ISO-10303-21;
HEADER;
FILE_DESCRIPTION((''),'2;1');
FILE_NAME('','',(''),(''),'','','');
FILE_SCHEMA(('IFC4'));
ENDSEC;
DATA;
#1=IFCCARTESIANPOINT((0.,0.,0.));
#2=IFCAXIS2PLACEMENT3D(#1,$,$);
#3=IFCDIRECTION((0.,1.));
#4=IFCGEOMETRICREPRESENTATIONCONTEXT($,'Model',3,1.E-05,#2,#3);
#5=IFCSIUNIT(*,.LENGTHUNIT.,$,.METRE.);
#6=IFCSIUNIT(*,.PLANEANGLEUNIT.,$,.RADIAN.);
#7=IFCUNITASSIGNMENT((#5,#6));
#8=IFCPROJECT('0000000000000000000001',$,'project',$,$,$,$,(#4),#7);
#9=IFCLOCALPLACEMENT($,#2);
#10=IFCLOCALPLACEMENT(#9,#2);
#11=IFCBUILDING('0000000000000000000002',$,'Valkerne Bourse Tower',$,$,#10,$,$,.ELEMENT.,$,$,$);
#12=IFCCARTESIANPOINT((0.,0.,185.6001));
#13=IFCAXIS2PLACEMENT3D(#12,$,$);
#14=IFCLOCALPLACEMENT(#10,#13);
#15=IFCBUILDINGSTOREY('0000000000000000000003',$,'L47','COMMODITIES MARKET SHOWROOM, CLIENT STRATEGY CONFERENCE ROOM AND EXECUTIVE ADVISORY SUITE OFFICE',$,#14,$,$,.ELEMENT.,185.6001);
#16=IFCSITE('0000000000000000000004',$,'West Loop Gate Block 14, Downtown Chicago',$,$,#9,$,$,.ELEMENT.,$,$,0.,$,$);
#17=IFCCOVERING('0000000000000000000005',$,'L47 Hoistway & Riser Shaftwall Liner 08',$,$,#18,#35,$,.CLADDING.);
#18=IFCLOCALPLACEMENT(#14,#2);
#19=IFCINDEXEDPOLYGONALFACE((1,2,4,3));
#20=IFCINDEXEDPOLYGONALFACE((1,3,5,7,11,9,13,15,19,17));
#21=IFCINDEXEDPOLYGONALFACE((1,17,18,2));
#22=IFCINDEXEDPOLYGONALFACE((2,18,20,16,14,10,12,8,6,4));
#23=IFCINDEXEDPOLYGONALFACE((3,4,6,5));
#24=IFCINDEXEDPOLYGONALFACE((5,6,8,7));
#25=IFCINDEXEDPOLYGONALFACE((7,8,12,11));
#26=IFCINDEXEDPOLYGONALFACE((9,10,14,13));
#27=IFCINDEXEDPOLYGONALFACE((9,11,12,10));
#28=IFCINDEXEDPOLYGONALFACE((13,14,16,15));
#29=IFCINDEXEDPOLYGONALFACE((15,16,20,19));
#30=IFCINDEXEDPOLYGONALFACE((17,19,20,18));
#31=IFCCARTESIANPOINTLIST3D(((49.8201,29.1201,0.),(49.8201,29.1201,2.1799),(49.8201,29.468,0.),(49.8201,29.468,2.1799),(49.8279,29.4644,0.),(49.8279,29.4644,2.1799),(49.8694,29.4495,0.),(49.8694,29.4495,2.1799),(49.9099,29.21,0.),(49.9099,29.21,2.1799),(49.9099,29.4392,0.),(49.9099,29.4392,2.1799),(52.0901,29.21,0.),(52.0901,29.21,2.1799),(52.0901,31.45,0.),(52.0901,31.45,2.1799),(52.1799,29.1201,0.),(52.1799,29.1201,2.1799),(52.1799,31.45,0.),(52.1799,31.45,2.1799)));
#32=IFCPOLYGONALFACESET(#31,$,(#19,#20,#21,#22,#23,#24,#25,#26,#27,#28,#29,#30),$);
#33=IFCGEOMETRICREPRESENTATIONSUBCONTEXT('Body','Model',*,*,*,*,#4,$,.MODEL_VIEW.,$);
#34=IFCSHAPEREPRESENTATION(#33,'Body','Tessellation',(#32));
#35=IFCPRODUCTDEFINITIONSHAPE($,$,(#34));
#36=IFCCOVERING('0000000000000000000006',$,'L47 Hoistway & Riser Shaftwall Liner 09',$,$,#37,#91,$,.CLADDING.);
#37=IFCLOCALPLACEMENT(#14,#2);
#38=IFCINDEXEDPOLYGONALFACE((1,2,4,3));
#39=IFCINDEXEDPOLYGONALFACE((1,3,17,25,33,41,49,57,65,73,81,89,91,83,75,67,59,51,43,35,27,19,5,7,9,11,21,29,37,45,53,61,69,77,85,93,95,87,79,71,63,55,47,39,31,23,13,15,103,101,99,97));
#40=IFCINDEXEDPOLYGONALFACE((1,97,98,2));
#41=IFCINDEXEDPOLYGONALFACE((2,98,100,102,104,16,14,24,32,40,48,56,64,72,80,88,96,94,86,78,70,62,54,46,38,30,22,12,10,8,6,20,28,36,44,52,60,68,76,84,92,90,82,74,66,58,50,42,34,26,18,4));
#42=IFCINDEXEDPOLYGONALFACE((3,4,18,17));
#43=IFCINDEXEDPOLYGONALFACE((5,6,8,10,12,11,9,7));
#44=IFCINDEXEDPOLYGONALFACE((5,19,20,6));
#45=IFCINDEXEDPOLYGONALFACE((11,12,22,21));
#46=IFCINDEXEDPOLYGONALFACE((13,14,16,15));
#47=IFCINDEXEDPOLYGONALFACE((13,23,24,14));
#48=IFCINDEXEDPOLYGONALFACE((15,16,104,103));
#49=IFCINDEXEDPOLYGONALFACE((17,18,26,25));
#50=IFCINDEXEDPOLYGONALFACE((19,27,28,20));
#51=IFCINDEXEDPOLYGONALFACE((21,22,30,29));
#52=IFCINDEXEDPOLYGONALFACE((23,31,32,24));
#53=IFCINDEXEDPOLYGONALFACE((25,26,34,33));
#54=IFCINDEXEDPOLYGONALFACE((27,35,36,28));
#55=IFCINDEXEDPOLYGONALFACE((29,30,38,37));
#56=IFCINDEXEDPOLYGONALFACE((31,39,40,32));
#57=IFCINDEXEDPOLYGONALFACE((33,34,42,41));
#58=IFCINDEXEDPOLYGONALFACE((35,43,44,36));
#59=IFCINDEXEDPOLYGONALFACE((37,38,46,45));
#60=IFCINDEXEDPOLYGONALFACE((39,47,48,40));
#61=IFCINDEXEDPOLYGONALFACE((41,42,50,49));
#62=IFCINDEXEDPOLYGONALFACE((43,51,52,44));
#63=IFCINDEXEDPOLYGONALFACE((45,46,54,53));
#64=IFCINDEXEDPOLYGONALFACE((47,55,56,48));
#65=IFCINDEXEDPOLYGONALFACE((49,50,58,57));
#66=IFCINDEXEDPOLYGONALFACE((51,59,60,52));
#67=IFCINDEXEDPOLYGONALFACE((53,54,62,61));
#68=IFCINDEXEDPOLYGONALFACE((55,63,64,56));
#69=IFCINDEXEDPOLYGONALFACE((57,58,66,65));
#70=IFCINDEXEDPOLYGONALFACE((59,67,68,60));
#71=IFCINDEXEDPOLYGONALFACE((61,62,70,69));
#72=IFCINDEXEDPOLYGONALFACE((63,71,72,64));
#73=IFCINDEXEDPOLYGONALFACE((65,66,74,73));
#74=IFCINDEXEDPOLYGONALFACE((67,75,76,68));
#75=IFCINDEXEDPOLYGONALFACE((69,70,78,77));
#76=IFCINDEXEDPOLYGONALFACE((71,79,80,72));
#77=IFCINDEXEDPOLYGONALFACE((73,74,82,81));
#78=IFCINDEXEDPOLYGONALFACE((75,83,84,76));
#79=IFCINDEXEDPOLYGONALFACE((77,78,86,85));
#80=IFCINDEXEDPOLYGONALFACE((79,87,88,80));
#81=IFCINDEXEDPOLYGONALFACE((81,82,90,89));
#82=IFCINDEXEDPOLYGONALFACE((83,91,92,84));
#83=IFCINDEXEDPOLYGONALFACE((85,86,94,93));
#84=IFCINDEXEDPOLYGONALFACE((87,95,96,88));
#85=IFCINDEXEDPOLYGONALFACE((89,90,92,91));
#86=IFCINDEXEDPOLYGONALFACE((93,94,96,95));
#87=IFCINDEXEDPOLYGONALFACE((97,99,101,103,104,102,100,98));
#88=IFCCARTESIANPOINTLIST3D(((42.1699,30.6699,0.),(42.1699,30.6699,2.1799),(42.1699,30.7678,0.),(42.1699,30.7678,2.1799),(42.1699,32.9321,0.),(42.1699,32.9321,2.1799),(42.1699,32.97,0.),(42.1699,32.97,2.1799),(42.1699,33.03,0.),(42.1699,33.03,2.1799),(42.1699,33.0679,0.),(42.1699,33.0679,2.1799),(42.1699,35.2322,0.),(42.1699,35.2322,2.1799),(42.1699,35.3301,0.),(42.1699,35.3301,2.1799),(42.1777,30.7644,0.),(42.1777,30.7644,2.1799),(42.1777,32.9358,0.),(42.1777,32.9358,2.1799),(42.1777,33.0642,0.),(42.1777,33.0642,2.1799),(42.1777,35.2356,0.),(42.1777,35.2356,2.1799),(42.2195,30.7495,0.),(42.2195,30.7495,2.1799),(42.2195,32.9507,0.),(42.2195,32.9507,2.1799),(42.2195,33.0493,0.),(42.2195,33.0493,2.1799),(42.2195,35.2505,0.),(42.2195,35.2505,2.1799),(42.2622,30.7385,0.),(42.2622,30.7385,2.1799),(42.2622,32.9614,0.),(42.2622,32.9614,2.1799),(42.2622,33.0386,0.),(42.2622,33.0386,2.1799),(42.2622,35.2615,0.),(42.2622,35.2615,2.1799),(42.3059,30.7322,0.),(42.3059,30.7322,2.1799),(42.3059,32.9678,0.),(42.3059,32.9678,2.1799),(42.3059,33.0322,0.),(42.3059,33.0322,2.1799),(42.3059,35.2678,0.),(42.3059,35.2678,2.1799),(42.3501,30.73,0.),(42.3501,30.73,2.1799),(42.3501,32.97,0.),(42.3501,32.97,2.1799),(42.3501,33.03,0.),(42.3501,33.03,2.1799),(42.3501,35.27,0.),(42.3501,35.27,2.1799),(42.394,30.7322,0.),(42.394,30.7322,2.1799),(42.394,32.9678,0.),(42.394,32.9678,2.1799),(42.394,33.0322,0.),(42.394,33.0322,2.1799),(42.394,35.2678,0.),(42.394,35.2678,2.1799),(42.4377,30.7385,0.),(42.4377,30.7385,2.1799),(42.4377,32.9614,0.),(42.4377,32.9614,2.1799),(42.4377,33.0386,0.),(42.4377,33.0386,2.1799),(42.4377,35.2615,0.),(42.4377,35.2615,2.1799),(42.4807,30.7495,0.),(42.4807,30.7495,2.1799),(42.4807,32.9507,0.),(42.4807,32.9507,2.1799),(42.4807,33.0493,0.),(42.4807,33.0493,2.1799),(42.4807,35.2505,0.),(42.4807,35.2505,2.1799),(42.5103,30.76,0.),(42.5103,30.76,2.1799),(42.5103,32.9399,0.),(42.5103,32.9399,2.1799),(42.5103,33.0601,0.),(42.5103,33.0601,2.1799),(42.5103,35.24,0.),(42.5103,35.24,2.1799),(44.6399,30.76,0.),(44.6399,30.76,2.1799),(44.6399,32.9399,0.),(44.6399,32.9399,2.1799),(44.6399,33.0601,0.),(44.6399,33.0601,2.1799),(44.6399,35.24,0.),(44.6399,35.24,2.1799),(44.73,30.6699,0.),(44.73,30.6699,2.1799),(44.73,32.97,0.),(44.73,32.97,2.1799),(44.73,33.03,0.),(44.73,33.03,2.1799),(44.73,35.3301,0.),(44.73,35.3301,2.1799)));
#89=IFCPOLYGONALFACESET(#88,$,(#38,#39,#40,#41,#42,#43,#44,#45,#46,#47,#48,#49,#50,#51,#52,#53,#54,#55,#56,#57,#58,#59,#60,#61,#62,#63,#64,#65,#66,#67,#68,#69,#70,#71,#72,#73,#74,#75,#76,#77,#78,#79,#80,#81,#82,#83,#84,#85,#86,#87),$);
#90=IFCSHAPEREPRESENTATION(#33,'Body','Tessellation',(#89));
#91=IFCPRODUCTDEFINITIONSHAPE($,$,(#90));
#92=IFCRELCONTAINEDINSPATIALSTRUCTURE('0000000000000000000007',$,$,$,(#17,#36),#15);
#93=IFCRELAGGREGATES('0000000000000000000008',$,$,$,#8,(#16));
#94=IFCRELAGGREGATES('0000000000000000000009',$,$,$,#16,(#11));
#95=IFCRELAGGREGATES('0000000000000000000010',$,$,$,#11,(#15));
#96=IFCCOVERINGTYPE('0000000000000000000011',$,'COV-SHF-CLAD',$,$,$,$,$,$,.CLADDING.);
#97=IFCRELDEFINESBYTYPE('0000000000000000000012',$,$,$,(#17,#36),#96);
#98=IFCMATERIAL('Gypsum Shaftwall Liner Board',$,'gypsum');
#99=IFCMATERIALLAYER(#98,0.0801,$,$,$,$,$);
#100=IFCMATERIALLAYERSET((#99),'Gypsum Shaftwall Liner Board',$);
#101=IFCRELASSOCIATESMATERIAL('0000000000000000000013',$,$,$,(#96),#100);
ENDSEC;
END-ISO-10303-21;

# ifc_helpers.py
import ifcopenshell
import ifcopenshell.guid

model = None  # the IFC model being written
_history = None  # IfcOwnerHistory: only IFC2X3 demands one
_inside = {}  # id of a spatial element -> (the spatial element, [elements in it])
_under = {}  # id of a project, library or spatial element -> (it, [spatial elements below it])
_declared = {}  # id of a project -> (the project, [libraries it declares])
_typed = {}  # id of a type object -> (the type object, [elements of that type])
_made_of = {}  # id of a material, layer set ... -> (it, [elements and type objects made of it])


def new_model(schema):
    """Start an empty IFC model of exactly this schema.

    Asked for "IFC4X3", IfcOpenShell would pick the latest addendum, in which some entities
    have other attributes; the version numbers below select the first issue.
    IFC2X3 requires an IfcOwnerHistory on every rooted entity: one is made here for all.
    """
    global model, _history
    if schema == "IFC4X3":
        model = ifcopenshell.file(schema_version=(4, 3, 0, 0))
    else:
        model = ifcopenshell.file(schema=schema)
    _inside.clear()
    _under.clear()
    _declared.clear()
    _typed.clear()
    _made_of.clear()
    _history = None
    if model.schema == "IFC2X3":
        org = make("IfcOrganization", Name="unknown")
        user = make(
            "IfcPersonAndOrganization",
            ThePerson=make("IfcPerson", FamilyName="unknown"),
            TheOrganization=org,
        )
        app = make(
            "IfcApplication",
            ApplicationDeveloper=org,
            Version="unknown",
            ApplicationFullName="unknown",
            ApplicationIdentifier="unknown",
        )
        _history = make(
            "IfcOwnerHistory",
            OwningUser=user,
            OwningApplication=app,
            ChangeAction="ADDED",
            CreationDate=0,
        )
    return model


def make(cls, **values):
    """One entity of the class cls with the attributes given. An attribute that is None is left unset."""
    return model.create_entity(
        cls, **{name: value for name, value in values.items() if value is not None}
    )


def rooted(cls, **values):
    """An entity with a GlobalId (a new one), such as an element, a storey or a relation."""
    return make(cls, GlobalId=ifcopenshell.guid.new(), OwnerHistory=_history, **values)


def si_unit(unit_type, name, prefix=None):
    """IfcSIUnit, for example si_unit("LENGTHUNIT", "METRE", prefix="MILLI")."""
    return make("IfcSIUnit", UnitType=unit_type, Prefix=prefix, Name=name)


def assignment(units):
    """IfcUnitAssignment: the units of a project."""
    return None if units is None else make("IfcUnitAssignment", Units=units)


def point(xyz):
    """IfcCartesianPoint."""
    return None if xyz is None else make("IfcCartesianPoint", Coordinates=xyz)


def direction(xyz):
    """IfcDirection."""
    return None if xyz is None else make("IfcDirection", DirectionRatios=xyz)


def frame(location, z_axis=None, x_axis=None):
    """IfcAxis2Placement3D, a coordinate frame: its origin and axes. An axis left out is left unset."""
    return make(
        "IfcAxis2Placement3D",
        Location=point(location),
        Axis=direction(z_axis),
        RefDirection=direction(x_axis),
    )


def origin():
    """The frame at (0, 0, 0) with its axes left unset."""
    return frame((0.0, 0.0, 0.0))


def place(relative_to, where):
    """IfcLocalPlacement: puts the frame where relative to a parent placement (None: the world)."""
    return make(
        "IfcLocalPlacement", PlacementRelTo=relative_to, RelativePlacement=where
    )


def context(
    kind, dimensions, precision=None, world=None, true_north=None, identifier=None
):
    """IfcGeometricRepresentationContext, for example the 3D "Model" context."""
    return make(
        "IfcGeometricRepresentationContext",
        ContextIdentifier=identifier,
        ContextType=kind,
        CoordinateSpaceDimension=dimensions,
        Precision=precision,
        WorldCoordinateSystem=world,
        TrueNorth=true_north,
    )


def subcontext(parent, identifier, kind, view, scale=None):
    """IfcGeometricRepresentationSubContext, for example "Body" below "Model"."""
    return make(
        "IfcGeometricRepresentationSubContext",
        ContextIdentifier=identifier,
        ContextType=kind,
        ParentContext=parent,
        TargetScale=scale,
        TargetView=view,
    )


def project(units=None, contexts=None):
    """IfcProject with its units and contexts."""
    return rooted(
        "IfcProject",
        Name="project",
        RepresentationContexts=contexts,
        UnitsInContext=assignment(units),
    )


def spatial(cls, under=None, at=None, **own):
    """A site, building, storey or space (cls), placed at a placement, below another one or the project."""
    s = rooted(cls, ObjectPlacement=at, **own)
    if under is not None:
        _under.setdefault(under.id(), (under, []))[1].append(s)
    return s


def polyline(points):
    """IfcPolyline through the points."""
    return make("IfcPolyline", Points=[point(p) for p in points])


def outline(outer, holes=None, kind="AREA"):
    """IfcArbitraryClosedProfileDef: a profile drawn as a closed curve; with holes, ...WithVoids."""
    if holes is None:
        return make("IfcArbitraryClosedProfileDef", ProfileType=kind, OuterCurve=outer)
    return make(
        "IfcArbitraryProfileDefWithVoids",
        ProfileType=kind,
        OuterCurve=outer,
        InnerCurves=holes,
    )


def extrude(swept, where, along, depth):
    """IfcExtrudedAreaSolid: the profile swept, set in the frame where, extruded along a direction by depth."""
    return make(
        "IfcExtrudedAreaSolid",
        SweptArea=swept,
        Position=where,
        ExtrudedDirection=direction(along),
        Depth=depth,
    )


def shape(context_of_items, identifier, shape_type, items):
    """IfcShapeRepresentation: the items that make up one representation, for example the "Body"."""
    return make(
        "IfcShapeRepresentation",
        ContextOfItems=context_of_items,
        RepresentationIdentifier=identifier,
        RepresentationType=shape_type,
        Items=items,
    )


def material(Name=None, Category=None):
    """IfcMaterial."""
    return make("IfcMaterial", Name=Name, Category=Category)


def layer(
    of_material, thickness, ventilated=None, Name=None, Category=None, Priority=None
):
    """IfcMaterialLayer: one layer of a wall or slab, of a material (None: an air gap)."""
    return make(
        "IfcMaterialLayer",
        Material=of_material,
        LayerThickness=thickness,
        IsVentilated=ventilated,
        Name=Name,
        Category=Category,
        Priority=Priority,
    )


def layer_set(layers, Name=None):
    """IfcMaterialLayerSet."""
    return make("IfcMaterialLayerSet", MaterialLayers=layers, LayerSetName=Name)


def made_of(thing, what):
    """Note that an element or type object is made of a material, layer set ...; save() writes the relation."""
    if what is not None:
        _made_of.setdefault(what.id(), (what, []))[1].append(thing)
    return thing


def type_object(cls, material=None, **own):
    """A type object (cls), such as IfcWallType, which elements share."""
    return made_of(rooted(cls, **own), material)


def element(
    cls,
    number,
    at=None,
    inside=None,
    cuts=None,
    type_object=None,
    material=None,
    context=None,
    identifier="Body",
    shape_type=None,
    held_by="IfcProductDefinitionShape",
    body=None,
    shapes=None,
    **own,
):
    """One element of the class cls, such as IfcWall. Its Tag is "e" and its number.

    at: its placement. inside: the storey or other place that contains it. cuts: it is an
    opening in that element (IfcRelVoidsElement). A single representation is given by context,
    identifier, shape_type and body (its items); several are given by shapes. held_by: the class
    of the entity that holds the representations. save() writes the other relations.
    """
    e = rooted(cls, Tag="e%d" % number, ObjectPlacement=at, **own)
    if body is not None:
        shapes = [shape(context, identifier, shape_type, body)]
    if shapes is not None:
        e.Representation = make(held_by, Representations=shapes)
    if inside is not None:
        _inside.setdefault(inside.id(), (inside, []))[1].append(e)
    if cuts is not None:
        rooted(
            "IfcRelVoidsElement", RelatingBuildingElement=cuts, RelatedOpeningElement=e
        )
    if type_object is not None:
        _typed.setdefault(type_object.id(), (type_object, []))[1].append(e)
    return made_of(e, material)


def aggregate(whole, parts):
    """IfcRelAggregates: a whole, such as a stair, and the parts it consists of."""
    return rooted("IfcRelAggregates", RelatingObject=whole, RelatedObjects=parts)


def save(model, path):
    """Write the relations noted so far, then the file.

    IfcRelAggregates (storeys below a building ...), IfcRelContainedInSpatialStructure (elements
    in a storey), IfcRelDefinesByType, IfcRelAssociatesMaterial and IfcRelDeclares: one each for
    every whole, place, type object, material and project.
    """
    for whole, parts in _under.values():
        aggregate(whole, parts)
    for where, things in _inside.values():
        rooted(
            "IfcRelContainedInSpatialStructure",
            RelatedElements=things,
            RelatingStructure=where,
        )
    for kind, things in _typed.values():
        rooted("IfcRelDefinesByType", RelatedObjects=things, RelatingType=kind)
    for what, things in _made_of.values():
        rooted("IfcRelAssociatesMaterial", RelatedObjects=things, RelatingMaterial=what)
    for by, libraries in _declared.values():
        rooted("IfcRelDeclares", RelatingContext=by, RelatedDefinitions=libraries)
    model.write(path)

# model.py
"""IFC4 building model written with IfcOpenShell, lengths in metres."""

from ifc_helpers import new_model, si_unit, direction, frame, origin, place, context, subcontext, project, spatial, polyline, outline, extrude, material, layer, layer_set, type_object, element, save


model = new_model("IFC4")

# Units and contexts
model_context = context("Model", 3, precision=1e-05, world=origin(), true_north=direction((0.0, 1.0)))
body_context = subcontext(model_context, "Body", "Model", "MODEL_VIEW")
ifc_project = project(units=[si_unit("LENGTHUNIT", "METRE"), si_unit("PLANEANGLEUNIT", "RADIAN")], contexts=[model_context])

# Site, building, storey
site_placement = place(None, origin())
site = spatial("IfcSite", under=ifc_project, at=site_placement, Name="West Loop Gate Block 14, Downtown Chicago", CompositionType="ELEMENT", RefElevation=0.0)
building_placement = place(site_placement, origin())
building = spatial("IfcBuilding", under=site, at=building_placement, Name="Valkerne Bourse Tower", CompositionType="ELEMENT")
storey_placement = place(building_placement, frame((0.0, 0.0, 185.6001)))
storey = spatial("IfcBuildingStorey", under=building, at=storey_placement, Name="L47", Description="COMMODITIES MARKET SHOWROOM, CLIENT STRATEGY CONFERENCE ROOM AND EXECUTIVE ADVISORY SUITE OFFICE", CompositionType="ELEMENT", Elevation=185.6001)

# Coverings
ifc_material_1 = material(Name="Gypsum Shaftwall Liner Board", Category="gypsum")
ifc_layer_1 = layer(ifc_material_1, 0.0801)
ifc_layer_set_1 = layer_set([ifc_layer_1], Name="Gypsum Shaftwall Liner Board")
covering_type_1 = type_object("IfcCoveringType", Name="COV-SHF-CLAD", PredefinedType="CLADDING", material=ifc_layer_set_1)
covering_1_placement = place(storey_placement, origin())
element("IfcCovering", 1, at=covering_1_placement, inside=storey, type_object=covering_type_1, Name="L47 Hoistway & Riser Shaftwall Liner 08", PredefinedType="CLADDING", context=body_context, shape_type="SweptSolid", body=[
    extrude(outline(polyline([(49.8201, 29.1201), (49.8201, 29.468), (49.8279, 29.4644), (49.8694, 29.4495), (49.9099, 29.4392), (49.9099, 29.21), (52.0901, 29.21), (52.0901, 31.45), (52.1799, 31.45), (52.1799, 29.1201), (49.8201, 29.1201)])), origin(), (0.0, 0.0, 1.0), 2.1799),
])
covering_2_placement = place(storey_placement, origin())
element("IfcCovering", 2, at=covering_2_placement, inside=storey, type_object=covering_type_1, Name="L47 Hoistway & Riser Shaftwall Liner 09", PredefinedType="CLADDING", context=body_context, shape_type="SweptSolid", body=[
    extrude(outline(polyline([(42.1699, 33.0679), (42.1777, 33.0642), (42.2195, 33.0493), (42.2622, 33.0386), (42.3059, 33.0322), (42.3501, 33.03), (42.394, 33.0322), (42.4377, 33.0386), (42.4807, 33.0493), (42.5103, 33.0601), (44.6399, 33.0601), (44.6399, 35.24), (42.5103, 35.24), (42.4807, 35.2505), (42.4377, 35.2615), (42.394, 35.2678), (42.3501, 35.27), (42.3059, 35.2678), (42.2622, 35.2615), (42.2195, 35.2505), (42.1777, 35.2356), (42.1699, 35.2322), (42.1699, 35.3301), (44.73, 35.3301), (44.73, 33.03), (44.73, 32.97), (44.73, 30.6699), (42.1699, 30.6699), (42.1699, 30.7678), (42.1777, 30.7644), (42.2195, 30.7495), (42.2622, 30.7385), (42.3059, 30.7322), (42.3501, 30.73), (42.394, 30.7322), (42.4377, 30.7385), (42.4807, 30.7495), (42.5103, 30.76), (44.6399, 30.76), (44.6399, 32.9399), (42.5103, 32.9399), (42.4807, 32.9507), (42.4377, 32.9614), (42.394, 32.9678), (42.3501, 32.97), (42.3059, 32.9678), (42.2622, 32.9614), (42.2195, 32.9507), (42.1777, 32.9358), (42.1699, 32.9321), (42.1699, 32.97), (42.1699, 33.03), (42.1699, 33.0679)])), origin(), (0.0, 0.0, 1.0), 2.1799),
])

save(model, "model.ifc")
